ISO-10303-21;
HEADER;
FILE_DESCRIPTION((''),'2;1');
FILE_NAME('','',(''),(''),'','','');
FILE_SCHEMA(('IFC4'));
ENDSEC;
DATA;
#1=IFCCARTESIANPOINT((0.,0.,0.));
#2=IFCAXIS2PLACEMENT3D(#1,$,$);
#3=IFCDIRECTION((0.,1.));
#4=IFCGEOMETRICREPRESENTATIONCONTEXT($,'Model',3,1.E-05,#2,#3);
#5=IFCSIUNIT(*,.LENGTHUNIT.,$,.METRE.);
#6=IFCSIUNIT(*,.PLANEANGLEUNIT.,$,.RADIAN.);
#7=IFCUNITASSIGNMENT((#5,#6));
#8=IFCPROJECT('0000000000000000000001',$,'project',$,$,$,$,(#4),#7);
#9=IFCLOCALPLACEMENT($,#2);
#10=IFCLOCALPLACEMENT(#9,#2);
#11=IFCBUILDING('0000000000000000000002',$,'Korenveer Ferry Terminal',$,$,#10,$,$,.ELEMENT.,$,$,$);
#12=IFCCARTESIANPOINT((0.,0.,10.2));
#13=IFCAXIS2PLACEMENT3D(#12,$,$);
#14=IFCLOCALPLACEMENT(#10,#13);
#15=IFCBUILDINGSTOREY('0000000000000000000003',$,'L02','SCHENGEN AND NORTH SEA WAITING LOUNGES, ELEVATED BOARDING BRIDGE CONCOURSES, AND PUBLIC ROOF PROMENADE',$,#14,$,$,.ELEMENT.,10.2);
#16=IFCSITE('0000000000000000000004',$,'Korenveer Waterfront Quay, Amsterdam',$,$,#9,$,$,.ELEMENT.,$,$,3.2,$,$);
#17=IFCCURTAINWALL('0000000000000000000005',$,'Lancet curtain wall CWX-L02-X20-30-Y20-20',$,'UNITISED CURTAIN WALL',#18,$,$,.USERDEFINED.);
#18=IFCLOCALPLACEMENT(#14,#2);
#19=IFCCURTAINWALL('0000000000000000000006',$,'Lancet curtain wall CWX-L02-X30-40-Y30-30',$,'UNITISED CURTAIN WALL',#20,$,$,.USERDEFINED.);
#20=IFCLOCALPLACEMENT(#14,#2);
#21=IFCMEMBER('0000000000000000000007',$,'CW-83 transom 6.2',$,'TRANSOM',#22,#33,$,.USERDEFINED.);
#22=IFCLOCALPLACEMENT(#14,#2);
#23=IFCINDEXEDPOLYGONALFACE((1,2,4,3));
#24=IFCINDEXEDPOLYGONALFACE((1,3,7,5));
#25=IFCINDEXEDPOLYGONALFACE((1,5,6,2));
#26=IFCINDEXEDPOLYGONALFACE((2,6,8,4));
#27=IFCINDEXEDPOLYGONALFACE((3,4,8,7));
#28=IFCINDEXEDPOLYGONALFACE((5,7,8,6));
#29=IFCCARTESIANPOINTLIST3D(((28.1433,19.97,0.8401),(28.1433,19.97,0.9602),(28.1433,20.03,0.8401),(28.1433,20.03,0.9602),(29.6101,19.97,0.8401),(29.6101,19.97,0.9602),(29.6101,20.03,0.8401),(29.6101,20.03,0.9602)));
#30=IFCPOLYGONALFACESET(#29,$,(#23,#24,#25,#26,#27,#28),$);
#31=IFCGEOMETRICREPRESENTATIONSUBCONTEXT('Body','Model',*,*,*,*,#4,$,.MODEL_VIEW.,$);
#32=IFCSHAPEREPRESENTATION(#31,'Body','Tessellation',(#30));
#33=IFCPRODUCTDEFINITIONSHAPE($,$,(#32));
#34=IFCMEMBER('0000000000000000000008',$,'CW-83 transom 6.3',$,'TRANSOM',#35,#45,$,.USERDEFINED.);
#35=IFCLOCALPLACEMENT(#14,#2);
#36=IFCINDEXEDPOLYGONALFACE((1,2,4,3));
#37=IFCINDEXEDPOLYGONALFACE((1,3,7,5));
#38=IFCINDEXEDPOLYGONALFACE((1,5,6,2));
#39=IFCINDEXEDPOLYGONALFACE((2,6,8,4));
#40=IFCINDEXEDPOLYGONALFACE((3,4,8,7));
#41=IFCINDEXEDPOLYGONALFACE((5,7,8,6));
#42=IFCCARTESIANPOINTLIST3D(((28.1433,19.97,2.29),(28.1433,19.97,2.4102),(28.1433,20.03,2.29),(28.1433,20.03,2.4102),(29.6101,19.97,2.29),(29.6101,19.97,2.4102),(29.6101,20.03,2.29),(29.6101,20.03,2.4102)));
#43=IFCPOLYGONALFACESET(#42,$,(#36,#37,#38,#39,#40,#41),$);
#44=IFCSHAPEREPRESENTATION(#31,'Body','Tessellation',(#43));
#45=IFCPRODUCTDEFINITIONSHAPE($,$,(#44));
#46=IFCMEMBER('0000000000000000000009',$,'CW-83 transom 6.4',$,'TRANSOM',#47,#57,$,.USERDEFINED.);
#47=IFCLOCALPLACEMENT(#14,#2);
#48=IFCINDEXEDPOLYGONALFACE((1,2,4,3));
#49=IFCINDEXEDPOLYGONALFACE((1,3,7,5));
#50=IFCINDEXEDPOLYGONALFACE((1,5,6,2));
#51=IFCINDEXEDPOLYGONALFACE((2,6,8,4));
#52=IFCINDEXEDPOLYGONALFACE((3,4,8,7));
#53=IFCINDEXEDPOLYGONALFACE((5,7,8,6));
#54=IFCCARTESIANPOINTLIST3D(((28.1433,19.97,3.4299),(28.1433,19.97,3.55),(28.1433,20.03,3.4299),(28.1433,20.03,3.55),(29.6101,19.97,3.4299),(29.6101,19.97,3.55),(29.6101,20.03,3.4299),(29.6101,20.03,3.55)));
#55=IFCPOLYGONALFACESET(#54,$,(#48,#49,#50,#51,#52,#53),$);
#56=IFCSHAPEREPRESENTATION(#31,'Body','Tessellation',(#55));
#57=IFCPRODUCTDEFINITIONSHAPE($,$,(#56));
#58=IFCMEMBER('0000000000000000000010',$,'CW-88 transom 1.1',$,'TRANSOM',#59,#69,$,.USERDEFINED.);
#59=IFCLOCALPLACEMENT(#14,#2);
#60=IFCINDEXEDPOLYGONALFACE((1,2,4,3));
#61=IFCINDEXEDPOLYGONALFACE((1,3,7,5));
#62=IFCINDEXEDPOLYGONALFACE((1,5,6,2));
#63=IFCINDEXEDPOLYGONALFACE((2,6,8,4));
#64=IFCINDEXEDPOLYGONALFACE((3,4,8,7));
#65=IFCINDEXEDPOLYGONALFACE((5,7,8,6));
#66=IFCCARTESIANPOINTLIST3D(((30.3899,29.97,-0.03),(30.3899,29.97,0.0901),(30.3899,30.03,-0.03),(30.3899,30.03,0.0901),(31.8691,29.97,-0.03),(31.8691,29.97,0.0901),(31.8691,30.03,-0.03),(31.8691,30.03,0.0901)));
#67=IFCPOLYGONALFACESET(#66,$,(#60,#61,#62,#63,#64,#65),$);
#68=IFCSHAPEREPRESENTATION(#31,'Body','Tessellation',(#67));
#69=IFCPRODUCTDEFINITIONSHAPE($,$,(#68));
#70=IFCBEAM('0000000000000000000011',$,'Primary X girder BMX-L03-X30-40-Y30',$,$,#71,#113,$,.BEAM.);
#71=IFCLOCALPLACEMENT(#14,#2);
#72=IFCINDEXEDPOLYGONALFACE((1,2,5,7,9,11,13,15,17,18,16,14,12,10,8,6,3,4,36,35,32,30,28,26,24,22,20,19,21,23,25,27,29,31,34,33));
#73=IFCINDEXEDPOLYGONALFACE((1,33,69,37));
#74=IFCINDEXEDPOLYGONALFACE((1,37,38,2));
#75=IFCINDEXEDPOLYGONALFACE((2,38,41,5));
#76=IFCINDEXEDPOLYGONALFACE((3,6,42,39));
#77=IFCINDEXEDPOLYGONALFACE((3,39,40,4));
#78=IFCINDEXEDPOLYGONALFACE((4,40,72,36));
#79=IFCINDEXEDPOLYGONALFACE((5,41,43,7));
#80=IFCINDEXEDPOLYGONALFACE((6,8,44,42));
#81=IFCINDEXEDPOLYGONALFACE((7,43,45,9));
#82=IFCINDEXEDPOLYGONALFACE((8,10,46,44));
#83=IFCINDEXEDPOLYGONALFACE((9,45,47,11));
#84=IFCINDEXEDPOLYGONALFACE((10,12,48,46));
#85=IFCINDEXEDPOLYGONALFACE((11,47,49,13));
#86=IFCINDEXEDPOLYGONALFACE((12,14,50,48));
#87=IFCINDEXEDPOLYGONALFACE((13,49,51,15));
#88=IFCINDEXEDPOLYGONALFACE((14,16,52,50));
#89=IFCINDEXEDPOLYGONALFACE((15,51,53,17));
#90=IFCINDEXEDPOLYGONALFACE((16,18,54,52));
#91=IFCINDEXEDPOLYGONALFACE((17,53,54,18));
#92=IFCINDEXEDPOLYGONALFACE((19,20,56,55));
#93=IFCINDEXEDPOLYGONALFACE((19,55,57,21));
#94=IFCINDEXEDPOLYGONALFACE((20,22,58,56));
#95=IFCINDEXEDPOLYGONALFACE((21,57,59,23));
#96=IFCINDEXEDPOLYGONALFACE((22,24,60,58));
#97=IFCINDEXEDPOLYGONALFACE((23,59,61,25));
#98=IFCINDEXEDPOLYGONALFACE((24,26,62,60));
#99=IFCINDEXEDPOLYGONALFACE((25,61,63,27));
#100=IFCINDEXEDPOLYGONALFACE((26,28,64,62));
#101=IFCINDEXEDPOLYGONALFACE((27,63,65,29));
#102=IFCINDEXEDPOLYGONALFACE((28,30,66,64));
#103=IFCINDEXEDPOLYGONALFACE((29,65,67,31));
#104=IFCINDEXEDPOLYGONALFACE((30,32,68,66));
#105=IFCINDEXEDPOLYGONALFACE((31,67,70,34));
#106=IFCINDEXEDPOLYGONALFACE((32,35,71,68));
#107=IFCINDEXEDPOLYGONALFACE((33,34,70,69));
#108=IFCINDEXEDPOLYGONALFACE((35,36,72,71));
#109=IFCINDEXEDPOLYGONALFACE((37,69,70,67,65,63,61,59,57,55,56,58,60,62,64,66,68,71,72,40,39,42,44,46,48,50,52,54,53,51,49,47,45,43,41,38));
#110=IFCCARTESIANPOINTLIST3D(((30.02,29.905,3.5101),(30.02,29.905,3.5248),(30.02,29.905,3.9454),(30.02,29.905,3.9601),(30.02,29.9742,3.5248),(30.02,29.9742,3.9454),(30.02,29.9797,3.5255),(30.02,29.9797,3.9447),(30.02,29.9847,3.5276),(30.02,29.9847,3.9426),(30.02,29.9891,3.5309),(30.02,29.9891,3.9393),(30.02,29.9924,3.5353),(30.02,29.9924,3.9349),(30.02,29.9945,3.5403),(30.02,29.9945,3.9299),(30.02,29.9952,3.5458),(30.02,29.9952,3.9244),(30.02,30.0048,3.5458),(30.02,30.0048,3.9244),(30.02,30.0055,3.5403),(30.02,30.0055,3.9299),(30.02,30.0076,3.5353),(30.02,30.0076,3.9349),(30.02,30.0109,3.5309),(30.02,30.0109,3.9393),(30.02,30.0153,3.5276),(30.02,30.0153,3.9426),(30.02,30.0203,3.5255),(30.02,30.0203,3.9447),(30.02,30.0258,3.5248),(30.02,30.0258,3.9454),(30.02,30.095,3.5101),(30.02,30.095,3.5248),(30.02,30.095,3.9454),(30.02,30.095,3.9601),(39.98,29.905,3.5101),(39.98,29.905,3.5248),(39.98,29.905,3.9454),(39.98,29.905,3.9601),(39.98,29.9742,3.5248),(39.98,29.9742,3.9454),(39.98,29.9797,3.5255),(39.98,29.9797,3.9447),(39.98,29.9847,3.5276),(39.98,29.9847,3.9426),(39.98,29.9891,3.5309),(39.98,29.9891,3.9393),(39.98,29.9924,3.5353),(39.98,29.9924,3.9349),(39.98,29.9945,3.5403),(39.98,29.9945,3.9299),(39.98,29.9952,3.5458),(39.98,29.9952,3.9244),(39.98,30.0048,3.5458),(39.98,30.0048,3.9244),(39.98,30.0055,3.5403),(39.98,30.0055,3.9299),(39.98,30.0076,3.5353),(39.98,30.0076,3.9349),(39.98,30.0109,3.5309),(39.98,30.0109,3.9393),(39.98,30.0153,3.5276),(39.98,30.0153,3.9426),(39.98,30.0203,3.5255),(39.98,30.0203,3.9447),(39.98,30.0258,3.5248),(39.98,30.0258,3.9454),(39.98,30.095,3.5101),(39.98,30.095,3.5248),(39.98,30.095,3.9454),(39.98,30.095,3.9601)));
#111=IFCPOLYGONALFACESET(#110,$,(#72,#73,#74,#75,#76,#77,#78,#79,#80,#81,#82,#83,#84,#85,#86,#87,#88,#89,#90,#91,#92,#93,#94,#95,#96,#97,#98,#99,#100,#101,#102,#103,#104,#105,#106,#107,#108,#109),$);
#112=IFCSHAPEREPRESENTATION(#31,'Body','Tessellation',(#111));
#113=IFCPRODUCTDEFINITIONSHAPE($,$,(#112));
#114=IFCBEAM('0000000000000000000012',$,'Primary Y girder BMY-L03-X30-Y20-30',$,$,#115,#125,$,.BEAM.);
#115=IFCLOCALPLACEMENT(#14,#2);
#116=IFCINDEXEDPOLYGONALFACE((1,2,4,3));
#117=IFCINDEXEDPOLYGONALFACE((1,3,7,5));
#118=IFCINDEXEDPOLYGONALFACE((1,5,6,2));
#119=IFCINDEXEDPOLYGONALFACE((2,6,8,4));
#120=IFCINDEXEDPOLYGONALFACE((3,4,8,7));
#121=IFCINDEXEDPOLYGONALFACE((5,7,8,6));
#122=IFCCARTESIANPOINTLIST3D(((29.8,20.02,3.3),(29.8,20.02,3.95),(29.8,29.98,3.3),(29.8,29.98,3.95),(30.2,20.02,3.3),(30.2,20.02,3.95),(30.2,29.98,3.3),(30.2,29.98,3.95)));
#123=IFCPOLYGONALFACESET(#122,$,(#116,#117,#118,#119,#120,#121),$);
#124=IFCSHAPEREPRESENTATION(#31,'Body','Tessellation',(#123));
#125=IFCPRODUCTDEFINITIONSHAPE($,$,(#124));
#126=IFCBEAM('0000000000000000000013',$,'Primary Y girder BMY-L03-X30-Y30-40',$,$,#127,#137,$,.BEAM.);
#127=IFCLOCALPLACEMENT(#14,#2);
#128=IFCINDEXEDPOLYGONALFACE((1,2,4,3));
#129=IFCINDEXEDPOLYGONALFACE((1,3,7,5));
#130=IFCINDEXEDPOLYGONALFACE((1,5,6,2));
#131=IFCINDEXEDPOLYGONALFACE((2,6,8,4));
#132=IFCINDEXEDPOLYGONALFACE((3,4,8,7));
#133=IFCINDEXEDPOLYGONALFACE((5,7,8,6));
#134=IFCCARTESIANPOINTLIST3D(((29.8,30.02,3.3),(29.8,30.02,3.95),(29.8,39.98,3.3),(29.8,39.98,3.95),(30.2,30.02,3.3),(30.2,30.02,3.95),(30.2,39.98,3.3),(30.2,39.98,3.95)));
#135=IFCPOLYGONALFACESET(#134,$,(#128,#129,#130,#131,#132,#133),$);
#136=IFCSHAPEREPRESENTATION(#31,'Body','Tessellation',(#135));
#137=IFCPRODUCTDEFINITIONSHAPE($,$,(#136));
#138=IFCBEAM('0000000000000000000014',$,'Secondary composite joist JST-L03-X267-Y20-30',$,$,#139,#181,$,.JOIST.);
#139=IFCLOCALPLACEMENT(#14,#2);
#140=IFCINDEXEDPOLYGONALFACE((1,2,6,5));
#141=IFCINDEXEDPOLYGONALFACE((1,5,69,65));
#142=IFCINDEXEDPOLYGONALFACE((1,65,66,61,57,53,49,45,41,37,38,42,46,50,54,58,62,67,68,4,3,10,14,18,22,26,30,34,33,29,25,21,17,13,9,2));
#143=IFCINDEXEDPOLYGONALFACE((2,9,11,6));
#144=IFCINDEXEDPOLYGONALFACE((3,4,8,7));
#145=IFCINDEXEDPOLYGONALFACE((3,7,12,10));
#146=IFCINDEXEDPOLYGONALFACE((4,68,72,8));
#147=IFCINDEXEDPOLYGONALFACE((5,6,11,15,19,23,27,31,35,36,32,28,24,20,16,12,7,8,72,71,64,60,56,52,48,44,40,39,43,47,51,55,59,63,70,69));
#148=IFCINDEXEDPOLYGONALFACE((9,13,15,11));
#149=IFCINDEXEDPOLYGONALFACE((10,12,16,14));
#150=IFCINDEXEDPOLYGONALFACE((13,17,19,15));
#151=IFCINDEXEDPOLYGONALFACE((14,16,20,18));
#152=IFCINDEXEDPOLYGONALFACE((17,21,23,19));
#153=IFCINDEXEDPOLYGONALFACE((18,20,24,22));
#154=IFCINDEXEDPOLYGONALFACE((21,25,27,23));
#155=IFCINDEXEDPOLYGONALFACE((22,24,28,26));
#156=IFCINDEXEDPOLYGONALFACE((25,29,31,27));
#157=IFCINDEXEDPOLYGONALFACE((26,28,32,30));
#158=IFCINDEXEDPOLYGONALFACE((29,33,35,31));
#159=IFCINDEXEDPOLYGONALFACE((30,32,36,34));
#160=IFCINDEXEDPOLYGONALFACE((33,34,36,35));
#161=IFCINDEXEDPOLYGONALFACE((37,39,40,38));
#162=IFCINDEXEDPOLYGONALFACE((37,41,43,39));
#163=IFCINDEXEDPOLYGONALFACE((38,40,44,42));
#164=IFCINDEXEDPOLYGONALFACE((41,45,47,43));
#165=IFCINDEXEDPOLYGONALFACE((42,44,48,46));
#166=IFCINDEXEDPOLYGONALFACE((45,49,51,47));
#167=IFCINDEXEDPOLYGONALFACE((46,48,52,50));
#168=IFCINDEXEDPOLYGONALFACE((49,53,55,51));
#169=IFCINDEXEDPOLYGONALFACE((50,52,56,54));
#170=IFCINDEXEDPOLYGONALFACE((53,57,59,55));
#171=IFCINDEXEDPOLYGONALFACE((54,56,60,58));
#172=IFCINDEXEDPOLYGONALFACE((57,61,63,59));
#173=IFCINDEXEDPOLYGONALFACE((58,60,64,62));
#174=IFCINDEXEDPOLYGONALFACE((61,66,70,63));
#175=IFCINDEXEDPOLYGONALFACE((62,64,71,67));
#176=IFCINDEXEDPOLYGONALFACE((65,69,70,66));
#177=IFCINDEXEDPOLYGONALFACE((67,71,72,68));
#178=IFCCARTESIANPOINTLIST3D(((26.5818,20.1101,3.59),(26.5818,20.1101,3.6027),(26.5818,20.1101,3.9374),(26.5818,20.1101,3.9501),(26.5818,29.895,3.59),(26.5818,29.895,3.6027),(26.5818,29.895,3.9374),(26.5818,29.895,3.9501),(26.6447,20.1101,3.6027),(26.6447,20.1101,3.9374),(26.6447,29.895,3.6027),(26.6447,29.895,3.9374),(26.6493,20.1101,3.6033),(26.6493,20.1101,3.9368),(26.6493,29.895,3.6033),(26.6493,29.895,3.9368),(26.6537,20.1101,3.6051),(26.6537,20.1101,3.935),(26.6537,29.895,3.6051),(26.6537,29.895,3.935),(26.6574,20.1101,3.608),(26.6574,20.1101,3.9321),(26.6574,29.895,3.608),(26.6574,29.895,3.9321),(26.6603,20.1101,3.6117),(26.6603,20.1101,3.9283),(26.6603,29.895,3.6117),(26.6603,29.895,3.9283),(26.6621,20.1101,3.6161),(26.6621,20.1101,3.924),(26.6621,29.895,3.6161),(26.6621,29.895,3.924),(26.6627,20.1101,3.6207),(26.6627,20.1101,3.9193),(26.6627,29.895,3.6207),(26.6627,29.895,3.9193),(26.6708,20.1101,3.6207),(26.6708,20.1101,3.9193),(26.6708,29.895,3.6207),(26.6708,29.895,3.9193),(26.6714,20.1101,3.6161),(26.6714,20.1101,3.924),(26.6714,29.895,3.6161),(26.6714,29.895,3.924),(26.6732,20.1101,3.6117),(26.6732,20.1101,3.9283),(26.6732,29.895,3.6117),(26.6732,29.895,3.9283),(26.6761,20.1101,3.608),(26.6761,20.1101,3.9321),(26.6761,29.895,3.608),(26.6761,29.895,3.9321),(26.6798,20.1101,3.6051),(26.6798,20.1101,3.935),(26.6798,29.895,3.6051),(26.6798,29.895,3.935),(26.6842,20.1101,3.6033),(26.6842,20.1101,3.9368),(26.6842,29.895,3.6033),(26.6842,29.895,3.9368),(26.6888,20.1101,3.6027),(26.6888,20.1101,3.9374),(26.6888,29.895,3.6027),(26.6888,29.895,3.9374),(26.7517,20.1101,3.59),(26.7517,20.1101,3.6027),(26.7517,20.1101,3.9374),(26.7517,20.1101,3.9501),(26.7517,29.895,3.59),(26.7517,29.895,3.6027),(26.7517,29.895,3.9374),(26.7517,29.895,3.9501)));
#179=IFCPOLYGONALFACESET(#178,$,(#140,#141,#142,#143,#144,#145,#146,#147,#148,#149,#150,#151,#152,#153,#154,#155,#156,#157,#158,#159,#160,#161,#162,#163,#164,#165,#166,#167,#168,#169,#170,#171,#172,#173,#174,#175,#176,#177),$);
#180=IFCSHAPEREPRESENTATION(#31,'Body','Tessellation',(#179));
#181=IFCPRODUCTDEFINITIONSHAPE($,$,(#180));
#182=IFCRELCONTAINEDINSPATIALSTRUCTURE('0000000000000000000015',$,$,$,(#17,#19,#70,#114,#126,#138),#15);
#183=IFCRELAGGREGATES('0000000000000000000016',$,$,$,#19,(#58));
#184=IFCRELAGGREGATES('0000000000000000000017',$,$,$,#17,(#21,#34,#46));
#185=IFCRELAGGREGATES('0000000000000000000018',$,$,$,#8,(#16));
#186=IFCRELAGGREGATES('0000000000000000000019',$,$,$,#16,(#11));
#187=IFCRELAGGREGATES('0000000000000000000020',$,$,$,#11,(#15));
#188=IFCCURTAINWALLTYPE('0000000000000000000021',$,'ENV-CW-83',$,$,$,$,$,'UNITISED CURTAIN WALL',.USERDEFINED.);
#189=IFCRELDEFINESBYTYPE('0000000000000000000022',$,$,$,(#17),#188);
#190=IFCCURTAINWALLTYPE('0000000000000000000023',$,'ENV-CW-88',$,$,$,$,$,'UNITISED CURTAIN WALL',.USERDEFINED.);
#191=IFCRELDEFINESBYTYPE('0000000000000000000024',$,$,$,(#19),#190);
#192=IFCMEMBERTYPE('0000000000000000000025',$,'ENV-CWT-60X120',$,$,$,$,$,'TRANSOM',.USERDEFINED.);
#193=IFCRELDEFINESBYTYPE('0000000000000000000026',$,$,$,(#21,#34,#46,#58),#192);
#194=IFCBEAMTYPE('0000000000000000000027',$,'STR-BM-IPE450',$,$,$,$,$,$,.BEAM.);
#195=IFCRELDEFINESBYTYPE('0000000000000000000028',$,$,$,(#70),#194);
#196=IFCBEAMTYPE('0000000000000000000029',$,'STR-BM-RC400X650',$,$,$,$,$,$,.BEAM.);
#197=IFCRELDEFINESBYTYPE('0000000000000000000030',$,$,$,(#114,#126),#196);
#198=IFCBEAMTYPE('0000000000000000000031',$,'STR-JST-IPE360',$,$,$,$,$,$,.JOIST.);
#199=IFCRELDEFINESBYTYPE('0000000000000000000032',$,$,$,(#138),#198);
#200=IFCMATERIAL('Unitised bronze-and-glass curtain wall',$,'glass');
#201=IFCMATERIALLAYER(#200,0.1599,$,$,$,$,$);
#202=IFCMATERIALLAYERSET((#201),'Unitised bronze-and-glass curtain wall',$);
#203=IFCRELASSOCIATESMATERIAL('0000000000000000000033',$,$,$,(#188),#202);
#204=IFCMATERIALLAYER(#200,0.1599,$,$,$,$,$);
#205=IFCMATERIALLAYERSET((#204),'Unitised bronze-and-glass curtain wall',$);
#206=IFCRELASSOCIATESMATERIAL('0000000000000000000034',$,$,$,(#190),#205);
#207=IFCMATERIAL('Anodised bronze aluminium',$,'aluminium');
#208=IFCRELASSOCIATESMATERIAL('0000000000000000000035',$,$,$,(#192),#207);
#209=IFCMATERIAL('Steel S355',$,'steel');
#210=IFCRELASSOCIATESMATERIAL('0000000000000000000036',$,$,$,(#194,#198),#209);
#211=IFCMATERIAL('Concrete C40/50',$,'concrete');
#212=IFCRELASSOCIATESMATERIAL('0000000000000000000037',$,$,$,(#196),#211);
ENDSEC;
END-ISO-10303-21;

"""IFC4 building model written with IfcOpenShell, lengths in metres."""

from ifc_helpers import new_model, si_unit, direction, frame, origin, origin_2d, place, context, subcontext, project, spatial, rectangle, i_section, extrude, material, layer, layer_set, material_profile, profile_set, type_object, element, aggregate, save


model = new_model("IFC4")

# Units and contexts
model_context = context("Model", 3, precision=1e-05, world=origin(), true_north=direction((0.0, 1.0)))
body_context = subcontext(model_context, "Body", "Model", "MODEL_VIEW")
ifc_project = project(units=[si_unit("LENGTHUNIT", "METRE"), si_unit("PLANEANGLEUNIT", "RADIAN")], contexts=[model_context])

# Site, building, storey
site_placement = place(None, origin())
site = spatial("IfcSite", under=ifc_project, at=site_placement, Name="Korenveer Waterfront Quay, Amsterdam", CompositionType="ELEMENT", RefElevation=3.2)
building_placement = place(site_placement, origin())
building = spatial("IfcBuilding", under=site, at=building_placement, Name="Korenveer Ferry Terminal", CompositionType="ELEMENT")
storey_placement = place(building_placement, frame((0.0, 0.0, 10.2)))
storey = spatial("IfcBuildingStorey", under=building, at=storey_placement, Name="L02", Description="SCHENGEN AND NORTH SEA WAITING LOUNGES, ELEVATED BOARDING BRIDGE CONCOURSES, AND PUBLIC ROOF PROMENADE", CompositionType="ELEMENT", Elevation=10.2)

# Curtain wall
ifc_material_1 = material(Name="Unitised bronze-and-glass curtain wall", Category="glass")
ifc_layer_1 = layer(ifc_material_1, 0.1599)
ifc_layer_set_1 = layer_set([ifc_layer_1], Name="Unitised bronze-and-glass curtain wall")
curtain_wall_type_1 = type_object("IfcCurtainWallType", Name="ENV-CW-83", ElementType="UNITISED CURTAIN WALL", PredefinedType="USERDEFINED", material=ifc_layer_set_1)
curtain_wall_1_placement = place(storey_placement, frame((20.3301, 20.0, 0.0)))
curtain_wall_1 = element("IfcCurtainWall", 1, at=curtain_wall_1_placement, inside=storey, type_object=curtain_wall_type_1, Name="Lancet curtain wall CWX-L02-X20-30-Y20-20", ObjectType="UNITISED CURTAIN WALL", PredefinedType="USERDEFINED")
ifc_material_2 = material(Name="Anodised bronze aluminium", Category="aluminium")

# Curtain wall
ifc_layer_2 = layer(ifc_material_1, 0.1599)
ifc_layer_set_2 = layer_set([ifc_layer_2], Name="Unitised bronze-and-glass curtain wall")
curtain_wall_type_2 = type_object("IfcCurtainWallType", Name="ENV-CW-88", ElementType="UNITISED CURTAIN WALL", PredefinedType="USERDEFINED", material=ifc_layer_set_2)
curtain_wall_2_placement = place(storey_placement, frame((30.3301, 30.0, 0.0)))
curtain_wall_2 = element("IfcCurtainWall", 2, at=curtain_wall_2_placement, inside=storey, type_object=curtain_wall_type_2, Name="Lancet curtain wall CWX-L02-X30-40-Y30-30", ObjectType="UNITISED CURTAIN WALL", PredefinedType="USERDEFINED")

# Members
ifc_material_profile_1 = material_profile(ifc_material_2, rectangle(XDim=0.0601, YDim=0.1201, at=origin_2d()), Name="ALU 60x120")
ifc_profile_set_1 = profile_set([ifc_material_profile_1], Name="Anodised bronze aluminium")
member_type_1 = type_object("IfcMemberType", Name="ENV-CWT-60X120", ElementType="TRANSOM", PredefinedType="USERDEFINED", material=ifc_profile_set_1)
member_1_placement = place(storey_placement, frame((28.1433, 20.0, 0.9001), z_axis=(1.0, 0.0, 0.0), x_axis=(0.0, 1.0, 0.0)))
member_1 = element("IfcMember", 3, at=member_1_placement, type_object=member_type_1, Name="CW-83 transom 6.2", ObjectType="TRANSOM", PredefinedType="USERDEFINED", context=body_context, shape_type="SweptSolid", body=[
    extrude(rectangle(XDim=0.0601, YDim=0.1201, at=origin_2d()), origin(), (0.0, 0.0, 1.0), 1.4668),
])
member_2_placement = place(storey_placement, frame((28.1433, 20.0, 2.3501), z_axis=(1.0, 0.0, 0.0), x_axis=(0.0, 1.0, 0.0)))
member_2 = element("IfcMember", 4, at=member_2_placement, type_object=member_type_1, Name="CW-83 transom 6.3", ObjectType="TRANSOM", PredefinedType="USERDEFINED", context=body_context, shape_type="SweptSolid", body=[
    extrude(rectangle(XDim=0.0601, YDim=0.1201, at=origin_2d()), origin(), (0.0, 0.0, 1.0), 1.4668),
])
member_3_placement = place(storey_placement, frame((28.1433, 20.0, 3.49), z_axis=(1.0, 0.0, 0.0), x_axis=(0.0, 1.0, 0.0)))
member_3 = element("IfcMember", 5, at=member_3_placement, type_object=member_type_1, Name="CW-83 transom 6.4", ObjectType="TRANSOM", PredefinedType="USERDEFINED", context=body_context, shape_type="SweptSolid", body=[
    extrude(rectangle(XDim=0.0601, YDim=0.1201, at=origin_2d()), origin(), (0.0, 0.0, 1.0), 1.4668),
])
member_4_placement = place(storey_placement, frame((30.3899, 30.0, 0.03), z_axis=(1.0, 0.0, 0.0), x_axis=(0.0, 1.0, 0.0)))
member_4 = element("IfcMember", 6, at=member_4_placement, type_object=member_type_1, Name="CW-88 transom 1.1", ObjectType="TRANSOM", PredefinedType="USERDEFINED", context=body_context, shape_type="SweptSolid", body=[
    extrude(rectangle(XDim=0.0601, YDim=0.1201, at=origin_2d()), origin(), (0.0, 0.0, 1.0), 1.4792),
])
aggregate(curtain_wall_2, [member_4])

# Beams
ifc_material_3 = material(Name="Steel S355", Category="steel")
ifc_material_profile_2 = material_profile(ifc_material_3, i_section(OverallWidth=0.1899, OverallDepth=0.45, WebThickness=0.0095, FlangeThickness=0.0146, FilletRadius=0.021, at=origin_2d()), Name="IPE 450")
ifc_profile_set_2 = profile_set([ifc_material_profile_2], Name="Steel S355")
beam_type_1 = type_object("IfcBeamType", Name="STR-BM-IPE450", PredefinedType="BEAM", material=ifc_profile_set_2)
beam_1_placement = place(storey_placement, frame((30.02, 30.0, 3.7351), z_axis=(1.0, 0.0, 0.0), x_axis=(0.0, 1.0, 0.0)))
element("IfcBeam", 7, at=beam_1_placement, inside=storey, type_object=beam_type_1, Name="Primary X girder BMX-L03-X30-40-Y30", PredefinedType="BEAM", context=body_context, shape_type="SweptSolid", body=[
    extrude(i_section(OverallWidth=0.1899, OverallDepth=0.45, WebThickness=0.0095, FlangeThickness=0.0146, FilletRadius=0.021, at=origin_2d()), origin(), (0.0, 0.0, 1.0), 9.96),
])
ifc_material_4 = material(Name="Concrete C40/50", Category="concrete")
ifc_material_profile_3 = material_profile(ifc_material_4, rectangle(XDim=0.3999, YDim=0.6499, at=origin_2d()), Name="RC 400x650")
ifc_profile_set_3 = profile_set([ifc_material_profile_3], Name="Concrete C40/50")
beam_type_2 = type_object("IfcBeamType", Name="STR-BM-RC400X650", PredefinedType="BEAM", material=ifc_profile_set_3)
for number, where, z_axis, x_axis, name in (
    (8, (30.0, 20.02, 3.625), (0.0, 1.0, 0.0), (-1.0, 0.0, 0.0), "Primary Y girder BMY-L03-X30-Y20-30"),
    (9, (30.0, 30.02, 3.625), (0.0, 1.0, 0.0), (-1.0, 0.0, 0.0), "Primary Y girder BMY-L03-X30-Y30-40"),
):
    element("IfcBeam", number, at=place(storey_placement, frame(where, z_axis=z_axis, x_axis=x_axis)), inside=storey, type_object=beam_type_2, Name=name, PredefinedType="BEAM", context=body_context, shape_type="SweptSolid", body=[
        extrude(rectangle(XDim=0.3999, YDim=0.6499, at=origin_2d()), origin(), (0.0, 0.0, 1.0), 9.96),
    ])
ifc_material_profile_4 = material_profile(ifc_material_3, i_section(OverallWidth=0.1699, OverallDepth=0.3601, WebThickness=0.0081, FlangeThickness=0.0127, FilletRadius=0.0181, at=origin_2d()), Name="IPE 360")
ifc_profile_set_4 = profile_set([ifc_material_profile_4], Name="Steel S355")
beam_type_3 = type_object("IfcBeamType", Name="STR-JST-IPE360", PredefinedType="JOIST", material=ifc_profile_set_4)
beam_2_placement = place(storey_placement, frame((26.6667, 20.1101, 3.77), z_axis=(0.0, 1.0, 0.0), x_axis=(-1.0, 0.0, 0.0)))
element("IfcBeam", 10, at=beam_2_placement, inside=storey, type_object=beam_type_3, Name="Secondary composite joist JST-L03-X267-Y20-30", PredefinedType="JOIST", context=body_context, shape_type="SweptSolid", body=[
    extrude(i_section(OverallWidth=0.1699, OverallDepth=0.3601, WebThickness=0.0081, FlangeThickness=0.0127, FilletRadius=0.0181, at=origin_2d()), origin(), (0.0, 0.0, 1.0), 9.7849),
])

aggregate(curtain_wall_1, [member_1, member_2, member_3])

save(model, "model.ifc")
